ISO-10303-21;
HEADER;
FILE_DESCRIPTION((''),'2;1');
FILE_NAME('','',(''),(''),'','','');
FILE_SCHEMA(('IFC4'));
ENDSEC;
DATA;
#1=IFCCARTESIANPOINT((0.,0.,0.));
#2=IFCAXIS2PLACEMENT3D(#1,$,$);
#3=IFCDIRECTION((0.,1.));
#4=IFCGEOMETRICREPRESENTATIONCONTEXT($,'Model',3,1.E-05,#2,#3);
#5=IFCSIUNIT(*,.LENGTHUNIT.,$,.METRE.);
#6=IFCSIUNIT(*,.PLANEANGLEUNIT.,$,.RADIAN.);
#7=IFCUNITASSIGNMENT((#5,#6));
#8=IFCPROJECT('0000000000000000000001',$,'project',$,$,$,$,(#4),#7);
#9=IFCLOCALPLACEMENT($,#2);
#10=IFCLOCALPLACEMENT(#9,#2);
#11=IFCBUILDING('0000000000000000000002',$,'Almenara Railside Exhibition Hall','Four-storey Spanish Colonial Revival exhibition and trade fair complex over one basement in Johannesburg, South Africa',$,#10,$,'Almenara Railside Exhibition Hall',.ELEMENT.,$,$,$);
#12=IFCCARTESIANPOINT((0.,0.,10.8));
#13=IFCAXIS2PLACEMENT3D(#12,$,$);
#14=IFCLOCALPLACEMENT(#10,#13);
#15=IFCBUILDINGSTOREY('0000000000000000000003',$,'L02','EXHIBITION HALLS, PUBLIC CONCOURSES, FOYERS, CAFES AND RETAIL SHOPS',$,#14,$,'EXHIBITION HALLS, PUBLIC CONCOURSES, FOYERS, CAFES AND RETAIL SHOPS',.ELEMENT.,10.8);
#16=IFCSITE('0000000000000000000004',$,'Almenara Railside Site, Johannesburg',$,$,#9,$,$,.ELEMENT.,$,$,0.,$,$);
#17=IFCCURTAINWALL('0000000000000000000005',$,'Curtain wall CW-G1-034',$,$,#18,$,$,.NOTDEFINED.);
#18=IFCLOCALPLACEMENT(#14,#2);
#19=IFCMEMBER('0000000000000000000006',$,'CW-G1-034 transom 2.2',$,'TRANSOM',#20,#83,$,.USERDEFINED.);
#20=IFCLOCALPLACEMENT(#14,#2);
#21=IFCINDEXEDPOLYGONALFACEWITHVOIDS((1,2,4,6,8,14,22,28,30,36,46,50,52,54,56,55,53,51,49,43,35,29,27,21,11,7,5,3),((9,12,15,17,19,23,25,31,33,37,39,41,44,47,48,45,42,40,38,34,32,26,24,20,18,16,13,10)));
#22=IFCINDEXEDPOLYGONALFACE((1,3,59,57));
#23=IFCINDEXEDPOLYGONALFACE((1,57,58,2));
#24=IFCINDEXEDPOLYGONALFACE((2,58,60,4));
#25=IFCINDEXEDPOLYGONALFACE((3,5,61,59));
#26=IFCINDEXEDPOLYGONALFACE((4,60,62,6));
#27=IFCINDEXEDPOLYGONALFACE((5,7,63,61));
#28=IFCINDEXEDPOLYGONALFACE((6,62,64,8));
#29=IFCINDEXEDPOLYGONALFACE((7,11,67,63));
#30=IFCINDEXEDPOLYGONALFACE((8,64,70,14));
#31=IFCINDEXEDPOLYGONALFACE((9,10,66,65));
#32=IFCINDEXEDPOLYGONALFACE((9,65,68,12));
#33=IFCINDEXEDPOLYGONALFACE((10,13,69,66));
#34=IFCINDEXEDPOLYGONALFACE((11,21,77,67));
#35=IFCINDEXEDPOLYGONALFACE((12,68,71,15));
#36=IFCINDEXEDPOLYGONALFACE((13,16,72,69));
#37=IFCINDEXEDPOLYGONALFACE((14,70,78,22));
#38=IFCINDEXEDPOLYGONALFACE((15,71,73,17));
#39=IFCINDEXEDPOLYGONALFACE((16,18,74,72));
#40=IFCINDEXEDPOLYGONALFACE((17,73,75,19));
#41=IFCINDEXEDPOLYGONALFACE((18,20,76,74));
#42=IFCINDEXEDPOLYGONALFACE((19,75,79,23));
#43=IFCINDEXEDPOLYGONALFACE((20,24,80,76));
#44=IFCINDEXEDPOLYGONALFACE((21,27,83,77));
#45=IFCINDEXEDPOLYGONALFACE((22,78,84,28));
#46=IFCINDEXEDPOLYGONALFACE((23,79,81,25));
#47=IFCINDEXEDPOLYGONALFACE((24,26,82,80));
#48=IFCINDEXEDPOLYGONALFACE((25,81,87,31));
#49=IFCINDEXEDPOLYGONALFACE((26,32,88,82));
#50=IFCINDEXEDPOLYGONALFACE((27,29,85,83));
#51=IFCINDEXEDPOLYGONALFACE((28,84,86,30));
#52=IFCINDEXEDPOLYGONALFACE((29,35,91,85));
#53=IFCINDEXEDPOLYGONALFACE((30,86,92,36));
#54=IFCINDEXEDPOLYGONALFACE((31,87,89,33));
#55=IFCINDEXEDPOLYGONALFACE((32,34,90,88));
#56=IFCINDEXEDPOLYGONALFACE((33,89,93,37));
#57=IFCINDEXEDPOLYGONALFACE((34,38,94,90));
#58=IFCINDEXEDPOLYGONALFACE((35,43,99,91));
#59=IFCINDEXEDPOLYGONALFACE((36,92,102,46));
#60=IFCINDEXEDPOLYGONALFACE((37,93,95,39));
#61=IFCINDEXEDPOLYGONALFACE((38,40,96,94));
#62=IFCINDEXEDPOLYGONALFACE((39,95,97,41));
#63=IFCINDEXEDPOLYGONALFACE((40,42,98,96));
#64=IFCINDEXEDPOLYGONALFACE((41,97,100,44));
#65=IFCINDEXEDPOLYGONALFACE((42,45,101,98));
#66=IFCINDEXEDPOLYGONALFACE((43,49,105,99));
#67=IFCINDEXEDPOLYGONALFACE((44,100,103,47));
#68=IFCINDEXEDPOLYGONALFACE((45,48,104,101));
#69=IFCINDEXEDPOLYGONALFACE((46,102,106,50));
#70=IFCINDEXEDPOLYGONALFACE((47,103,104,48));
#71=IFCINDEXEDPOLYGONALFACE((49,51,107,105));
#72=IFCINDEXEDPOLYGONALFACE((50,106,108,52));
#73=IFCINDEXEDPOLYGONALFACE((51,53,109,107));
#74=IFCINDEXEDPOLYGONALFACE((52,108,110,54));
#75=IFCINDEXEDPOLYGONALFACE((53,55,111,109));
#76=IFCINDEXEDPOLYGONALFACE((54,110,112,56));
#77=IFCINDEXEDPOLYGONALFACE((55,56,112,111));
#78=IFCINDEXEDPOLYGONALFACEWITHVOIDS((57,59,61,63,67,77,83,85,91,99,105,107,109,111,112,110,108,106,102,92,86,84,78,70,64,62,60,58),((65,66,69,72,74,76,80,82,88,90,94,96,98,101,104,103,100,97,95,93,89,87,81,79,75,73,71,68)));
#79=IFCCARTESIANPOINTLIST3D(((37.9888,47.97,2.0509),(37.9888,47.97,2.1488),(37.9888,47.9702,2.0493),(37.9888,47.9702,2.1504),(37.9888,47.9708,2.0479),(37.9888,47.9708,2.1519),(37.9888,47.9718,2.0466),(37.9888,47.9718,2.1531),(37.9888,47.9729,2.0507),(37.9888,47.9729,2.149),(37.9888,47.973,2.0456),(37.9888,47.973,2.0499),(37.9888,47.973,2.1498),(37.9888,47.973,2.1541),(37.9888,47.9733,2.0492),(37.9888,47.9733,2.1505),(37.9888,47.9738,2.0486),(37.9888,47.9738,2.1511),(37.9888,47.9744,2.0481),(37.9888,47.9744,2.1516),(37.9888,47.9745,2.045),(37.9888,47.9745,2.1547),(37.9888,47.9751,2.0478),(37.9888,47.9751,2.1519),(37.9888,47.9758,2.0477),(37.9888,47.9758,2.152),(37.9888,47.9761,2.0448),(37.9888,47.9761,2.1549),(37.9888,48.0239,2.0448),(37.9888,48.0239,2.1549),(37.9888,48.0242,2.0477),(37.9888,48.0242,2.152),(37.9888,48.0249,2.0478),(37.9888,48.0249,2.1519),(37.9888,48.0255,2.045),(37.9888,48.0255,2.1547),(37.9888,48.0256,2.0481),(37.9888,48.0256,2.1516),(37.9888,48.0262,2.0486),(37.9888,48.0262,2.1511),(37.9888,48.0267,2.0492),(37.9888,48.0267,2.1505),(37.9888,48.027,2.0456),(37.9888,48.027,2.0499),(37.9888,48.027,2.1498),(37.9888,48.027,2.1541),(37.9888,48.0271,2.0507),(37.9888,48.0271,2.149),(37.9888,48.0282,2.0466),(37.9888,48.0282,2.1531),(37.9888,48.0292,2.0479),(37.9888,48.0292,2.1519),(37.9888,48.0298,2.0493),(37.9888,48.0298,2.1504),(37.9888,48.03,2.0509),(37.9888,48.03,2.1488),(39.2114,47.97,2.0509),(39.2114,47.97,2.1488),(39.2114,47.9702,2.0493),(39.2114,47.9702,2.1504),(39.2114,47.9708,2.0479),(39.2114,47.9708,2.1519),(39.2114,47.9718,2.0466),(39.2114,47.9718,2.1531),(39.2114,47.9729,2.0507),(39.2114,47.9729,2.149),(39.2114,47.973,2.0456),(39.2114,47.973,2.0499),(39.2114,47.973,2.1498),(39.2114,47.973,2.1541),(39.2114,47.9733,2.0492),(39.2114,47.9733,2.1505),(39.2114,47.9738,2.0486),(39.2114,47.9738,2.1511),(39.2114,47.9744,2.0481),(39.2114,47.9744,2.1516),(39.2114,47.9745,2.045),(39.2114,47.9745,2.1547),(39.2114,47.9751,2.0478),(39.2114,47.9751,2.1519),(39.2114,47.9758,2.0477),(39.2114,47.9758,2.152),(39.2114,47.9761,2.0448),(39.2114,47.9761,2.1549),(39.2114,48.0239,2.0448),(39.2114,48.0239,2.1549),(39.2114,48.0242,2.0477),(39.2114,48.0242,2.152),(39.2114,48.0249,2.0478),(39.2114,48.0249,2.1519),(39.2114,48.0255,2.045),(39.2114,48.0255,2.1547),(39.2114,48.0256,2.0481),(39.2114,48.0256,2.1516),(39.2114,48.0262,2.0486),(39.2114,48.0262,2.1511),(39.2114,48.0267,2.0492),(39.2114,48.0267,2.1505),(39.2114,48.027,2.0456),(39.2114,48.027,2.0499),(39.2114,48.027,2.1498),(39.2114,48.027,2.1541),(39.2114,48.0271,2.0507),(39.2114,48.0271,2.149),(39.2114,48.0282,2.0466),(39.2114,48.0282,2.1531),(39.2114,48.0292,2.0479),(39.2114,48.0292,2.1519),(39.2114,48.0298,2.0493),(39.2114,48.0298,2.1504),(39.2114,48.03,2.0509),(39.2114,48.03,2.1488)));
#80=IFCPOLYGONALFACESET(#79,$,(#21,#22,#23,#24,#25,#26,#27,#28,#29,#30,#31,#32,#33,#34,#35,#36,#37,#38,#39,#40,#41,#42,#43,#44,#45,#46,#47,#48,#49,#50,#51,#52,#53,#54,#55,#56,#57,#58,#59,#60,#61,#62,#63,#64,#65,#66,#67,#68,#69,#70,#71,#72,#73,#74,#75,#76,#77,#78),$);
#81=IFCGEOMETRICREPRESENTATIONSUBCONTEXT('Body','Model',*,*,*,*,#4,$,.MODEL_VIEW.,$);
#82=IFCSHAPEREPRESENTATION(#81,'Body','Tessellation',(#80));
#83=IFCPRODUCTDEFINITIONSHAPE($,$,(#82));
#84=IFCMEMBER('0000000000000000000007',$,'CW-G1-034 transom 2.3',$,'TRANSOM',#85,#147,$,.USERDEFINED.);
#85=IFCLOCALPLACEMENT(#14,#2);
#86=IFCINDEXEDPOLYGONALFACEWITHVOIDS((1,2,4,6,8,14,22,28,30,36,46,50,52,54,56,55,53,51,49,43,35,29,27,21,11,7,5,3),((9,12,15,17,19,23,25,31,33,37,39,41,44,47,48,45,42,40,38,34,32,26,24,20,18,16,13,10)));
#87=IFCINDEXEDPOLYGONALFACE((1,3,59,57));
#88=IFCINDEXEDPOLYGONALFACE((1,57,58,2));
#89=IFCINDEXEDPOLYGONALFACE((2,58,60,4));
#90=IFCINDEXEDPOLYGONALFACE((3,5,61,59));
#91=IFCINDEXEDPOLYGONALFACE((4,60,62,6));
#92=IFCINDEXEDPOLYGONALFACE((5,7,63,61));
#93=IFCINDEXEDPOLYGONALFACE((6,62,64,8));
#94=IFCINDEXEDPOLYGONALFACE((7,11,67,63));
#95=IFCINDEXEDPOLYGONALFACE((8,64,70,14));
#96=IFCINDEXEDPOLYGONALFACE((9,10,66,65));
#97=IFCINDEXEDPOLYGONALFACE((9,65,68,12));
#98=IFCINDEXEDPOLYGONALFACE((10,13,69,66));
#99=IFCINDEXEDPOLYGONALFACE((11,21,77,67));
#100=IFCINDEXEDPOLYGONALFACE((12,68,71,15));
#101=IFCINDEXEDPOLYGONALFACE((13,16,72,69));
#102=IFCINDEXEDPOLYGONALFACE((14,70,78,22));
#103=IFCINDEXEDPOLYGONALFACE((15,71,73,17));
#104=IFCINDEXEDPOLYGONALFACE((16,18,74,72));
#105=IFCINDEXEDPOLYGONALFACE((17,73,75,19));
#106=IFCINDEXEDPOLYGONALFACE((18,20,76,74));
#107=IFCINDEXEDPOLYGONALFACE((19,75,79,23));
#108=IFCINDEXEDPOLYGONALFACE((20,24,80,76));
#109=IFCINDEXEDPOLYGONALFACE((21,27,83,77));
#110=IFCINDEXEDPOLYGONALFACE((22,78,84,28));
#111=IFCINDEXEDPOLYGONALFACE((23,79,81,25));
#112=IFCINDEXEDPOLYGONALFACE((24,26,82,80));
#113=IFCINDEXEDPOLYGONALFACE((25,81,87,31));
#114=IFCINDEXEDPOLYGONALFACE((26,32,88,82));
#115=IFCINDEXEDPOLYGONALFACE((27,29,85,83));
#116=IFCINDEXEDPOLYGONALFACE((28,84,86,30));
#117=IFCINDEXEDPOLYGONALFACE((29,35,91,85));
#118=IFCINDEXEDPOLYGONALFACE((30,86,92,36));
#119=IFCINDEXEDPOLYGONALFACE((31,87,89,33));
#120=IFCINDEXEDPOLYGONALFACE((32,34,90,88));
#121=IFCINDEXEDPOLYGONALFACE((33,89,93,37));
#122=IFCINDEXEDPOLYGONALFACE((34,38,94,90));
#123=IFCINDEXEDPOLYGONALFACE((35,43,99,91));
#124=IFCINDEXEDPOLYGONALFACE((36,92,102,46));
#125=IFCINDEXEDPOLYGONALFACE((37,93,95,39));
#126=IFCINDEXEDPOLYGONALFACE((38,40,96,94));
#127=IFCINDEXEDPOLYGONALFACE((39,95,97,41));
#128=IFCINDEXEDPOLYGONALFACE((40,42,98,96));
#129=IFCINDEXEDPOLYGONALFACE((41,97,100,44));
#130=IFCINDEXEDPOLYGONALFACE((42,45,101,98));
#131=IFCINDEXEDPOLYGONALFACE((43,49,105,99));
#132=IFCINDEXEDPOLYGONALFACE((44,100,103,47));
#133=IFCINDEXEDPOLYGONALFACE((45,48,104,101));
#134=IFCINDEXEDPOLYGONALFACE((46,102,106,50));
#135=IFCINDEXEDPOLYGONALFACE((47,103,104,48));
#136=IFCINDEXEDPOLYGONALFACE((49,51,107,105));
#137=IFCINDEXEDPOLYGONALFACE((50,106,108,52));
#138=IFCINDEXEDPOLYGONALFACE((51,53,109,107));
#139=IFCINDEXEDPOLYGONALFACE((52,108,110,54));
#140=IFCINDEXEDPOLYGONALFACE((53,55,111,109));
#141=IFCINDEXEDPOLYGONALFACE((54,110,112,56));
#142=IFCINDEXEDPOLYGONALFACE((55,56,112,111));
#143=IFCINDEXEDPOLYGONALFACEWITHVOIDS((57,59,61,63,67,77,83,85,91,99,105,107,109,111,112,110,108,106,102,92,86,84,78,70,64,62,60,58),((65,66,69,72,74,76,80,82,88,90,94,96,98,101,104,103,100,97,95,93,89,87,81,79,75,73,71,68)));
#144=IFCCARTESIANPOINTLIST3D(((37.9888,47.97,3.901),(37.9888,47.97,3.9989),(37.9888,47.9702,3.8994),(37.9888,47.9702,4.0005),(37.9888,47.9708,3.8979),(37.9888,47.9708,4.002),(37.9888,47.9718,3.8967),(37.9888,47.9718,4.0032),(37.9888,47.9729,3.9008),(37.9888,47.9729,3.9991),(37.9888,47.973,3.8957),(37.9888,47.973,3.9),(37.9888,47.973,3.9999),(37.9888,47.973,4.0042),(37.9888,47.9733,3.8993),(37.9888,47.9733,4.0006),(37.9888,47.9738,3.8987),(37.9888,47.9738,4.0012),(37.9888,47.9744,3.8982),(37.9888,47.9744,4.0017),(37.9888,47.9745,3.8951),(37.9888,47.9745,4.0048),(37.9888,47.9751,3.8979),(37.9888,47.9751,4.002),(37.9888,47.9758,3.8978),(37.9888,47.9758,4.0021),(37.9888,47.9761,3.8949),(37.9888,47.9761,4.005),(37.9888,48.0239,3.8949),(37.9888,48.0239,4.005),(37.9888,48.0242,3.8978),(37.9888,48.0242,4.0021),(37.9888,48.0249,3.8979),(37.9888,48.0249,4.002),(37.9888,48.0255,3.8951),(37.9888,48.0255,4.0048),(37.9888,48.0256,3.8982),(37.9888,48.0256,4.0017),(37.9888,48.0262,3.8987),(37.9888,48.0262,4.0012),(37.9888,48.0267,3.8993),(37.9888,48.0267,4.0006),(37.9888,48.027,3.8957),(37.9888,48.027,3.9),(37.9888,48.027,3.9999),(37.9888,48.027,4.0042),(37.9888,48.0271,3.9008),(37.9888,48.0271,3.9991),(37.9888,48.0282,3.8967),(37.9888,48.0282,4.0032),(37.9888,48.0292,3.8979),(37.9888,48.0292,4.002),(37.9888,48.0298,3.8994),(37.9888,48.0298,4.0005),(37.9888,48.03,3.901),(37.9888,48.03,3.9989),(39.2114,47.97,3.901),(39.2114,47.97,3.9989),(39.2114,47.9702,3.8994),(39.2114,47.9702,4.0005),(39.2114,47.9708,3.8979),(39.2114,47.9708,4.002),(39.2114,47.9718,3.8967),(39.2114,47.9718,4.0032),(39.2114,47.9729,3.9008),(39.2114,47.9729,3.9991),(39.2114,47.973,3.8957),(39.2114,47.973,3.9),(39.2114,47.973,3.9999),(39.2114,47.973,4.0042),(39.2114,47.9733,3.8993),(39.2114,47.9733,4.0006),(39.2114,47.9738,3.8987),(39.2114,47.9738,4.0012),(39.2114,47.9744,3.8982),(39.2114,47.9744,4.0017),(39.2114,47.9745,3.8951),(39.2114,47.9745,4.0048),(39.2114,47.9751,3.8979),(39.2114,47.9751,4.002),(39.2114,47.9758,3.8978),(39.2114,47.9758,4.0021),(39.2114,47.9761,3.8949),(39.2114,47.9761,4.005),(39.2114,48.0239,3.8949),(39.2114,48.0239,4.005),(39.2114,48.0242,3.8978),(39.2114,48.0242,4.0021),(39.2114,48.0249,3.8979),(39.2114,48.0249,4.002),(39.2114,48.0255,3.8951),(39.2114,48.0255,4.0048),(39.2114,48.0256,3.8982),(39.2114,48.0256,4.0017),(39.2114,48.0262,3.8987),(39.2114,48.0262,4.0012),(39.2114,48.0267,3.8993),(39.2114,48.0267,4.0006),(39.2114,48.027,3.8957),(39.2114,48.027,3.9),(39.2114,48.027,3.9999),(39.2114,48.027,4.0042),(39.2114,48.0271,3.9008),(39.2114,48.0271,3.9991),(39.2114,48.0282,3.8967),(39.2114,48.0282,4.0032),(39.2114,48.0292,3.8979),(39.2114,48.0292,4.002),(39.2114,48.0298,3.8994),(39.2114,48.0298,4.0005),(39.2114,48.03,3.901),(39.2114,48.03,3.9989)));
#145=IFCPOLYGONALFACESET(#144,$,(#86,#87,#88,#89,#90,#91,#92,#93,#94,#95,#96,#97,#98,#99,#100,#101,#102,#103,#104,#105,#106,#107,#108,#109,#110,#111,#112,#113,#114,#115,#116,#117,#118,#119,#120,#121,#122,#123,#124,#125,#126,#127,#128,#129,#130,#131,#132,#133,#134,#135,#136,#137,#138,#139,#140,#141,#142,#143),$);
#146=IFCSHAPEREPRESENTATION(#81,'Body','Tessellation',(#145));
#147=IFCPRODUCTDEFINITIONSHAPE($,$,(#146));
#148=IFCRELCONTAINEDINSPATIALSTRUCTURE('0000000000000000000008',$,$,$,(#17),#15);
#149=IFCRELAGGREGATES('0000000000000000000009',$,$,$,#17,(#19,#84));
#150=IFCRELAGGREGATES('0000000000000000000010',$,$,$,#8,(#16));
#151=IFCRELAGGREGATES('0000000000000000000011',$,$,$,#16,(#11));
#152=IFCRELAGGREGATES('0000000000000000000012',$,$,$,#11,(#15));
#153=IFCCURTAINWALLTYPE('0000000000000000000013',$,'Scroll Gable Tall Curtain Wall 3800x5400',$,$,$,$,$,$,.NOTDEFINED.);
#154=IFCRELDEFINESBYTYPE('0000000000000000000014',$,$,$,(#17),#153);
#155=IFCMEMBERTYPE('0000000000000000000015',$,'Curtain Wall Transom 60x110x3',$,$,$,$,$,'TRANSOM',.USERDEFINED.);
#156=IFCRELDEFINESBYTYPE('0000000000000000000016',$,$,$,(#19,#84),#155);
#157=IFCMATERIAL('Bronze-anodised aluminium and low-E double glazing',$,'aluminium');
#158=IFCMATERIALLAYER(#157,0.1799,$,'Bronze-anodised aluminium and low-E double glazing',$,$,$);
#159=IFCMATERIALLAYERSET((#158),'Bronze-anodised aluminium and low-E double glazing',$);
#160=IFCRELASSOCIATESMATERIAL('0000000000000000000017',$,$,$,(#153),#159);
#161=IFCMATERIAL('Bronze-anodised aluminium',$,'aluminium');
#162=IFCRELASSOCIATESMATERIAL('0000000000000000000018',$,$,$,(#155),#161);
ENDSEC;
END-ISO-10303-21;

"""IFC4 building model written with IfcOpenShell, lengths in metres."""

from ifc_helpers import new_model, si_unit, direction, frame, origin, origin_2d, place, context, subcontext, project, spatial, hollow_rectangle, extrude, material, layer, layer_set, material_profile, profile_set, type_object, element, aggregate, save


model = new_model("IFC4")

# Units and contexts
model_context = context("Model", 3, precision=1e-05, world=origin(), true_north=direction((0.0, 1.0)))
body_context = subcontext(model_context, "Body", "Model", "MODEL_VIEW")
ifc_project = project(units=[si_unit("LENGTHUNIT", "METRE"), si_unit("PLANEANGLEUNIT", "RADIAN")], contexts=[model_context])

# Site, building, storey
site_placement = place(None, origin())
site = spatial("IfcSite", under=ifc_project, at=site_placement, Name="Almenara Railside Site, Johannesburg", CompositionType="ELEMENT", RefElevation=0.0)
building_placement = place(site_placement, origin())
building = spatial("IfcBuilding", under=site, at=building_placement, Name="Almenara Railside Exhibition Hall", Description="Four-storey Spanish Colonial Revival exhibition and trade fair complex over one basement in Johannesburg, South Africa", LongName="Almenara Railside Exhibition Hall", CompositionType="ELEMENT")
storey_placement = place(building_placement, frame((0.0, 0.0, 10.8)))
storey = spatial("IfcBuildingStorey", under=building, at=storey_placement, Name="L02", Description="EXHIBITION HALLS, PUBLIC CONCOURSES, FOYERS, CAFES AND RETAIL SHOPS", LongName="EXHIBITION HALLS, PUBLIC CONCOURSES, FOYERS, CAFES AND RETAIL SHOPS", CompositionType="ELEMENT", Elevation=10.8)

# Curtain wall
ifc_material_1 = material(Name="Bronze-anodised aluminium and low-E double glazing", Category="aluminium")
ifc_layer_1 = layer(ifc_material_1, 0.1799, Name="Bronze-anodised aluminium and low-E double glazing")
ifc_layer_set_1 = layer_set([ifc_layer_1], Name="Bronze-anodised aluminium and low-E double glazing")
curtain_wall_type = type_object("IfcCurtainWallType", Name="Scroll Gable Tall Curtain Wall 3800x5400", PredefinedType="NOTDEFINED", material=ifc_layer_set_1)
ifc_material_2 = material(Name="Bronze-anodised aluminium", Category="aluminium")
curtain_wall_1_placement = place(storey_placement, origin())
curtain_wall_1 = element("IfcCurtainWall", 1, at=curtain_wall_1_placement, inside=storey, type_object=curtain_wall_type, Name="Curtain wall CW-G1-034", PredefinedType="NOTDEFINED")

# Members
ifc_material_profile_1 = material_profile(ifc_material_2, hollow_rectangle(XDim=0.0601, YDim=0.1101, WallThickness=0.0029, InnerFilletRadius=0.0029, OuterFilletRadius=0.0061, at=origin_2d()), Name="ALU-TRN 60x110x3")
ifc_profile_set_1 = profile_set([ifc_material_profile_1], Name="Bronze-anodised aluminium")
member_type_1 = type_object("IfcMemberType", Name="Curtain Wall Transom 60x110x3", ElementType="TRANSOM", PredefinedType="USERDEFINED", material=ifc_profile_set_1)
member_1_placement = place(storey_placement, frame((37.9888, 48.0, 2.0999), z_axis=(1.0, 0.0, 0.0), x_axis=(0.0, 1.0, 0.0)))
member_1 = element("IfcMember", 2, at=member_1_placement, type_object=member_type_1, Name="CW-G1-034 transom 2.2", ObjectType="TRANSOM", PredefinedType="USERDEFINED", context=body_context, shape_type="SweptSolid", body=[
    extrude(hollow_rectangle(XDim=0.0601, YDim=0.1101, WallThickness=0.0029, InnerFilletRadius=0.0029, OuterFilletRadius=0.0061, at=origin_2d()), origin(), (0.0, 0.0, 1.0), 1.2227),
])
member_2_placement = place(storey_placement, frame((37.9888, 48.0, 3.95), z_axis=(1.0, 0.0, 0.0), x_axis=(0.0, 1.0, 0.0)))
member_2 = element("IfcMember", 3, at=member_2_placement, type_object=member_type_1, Name="CW-G1-034 transom 2.3", ObjectType="TRANSOM", PredefinedType="USERDEFINED", context=body_context, shape_type="SweptSolid", body=[
    extrude(hollow_rectangle(XDim=0.0601, YDim=0.1101, WallThickness=0.0029, InnerFilletRadius=0.0029, OuterFilletRadius=0.0061, at=origin_2d()), origin(), (0.0, 0.0, 1.0), 1.2227),
])

aggregate(curtain_wall_1, [member_1, member_2])

save(model, "model.ifc")
